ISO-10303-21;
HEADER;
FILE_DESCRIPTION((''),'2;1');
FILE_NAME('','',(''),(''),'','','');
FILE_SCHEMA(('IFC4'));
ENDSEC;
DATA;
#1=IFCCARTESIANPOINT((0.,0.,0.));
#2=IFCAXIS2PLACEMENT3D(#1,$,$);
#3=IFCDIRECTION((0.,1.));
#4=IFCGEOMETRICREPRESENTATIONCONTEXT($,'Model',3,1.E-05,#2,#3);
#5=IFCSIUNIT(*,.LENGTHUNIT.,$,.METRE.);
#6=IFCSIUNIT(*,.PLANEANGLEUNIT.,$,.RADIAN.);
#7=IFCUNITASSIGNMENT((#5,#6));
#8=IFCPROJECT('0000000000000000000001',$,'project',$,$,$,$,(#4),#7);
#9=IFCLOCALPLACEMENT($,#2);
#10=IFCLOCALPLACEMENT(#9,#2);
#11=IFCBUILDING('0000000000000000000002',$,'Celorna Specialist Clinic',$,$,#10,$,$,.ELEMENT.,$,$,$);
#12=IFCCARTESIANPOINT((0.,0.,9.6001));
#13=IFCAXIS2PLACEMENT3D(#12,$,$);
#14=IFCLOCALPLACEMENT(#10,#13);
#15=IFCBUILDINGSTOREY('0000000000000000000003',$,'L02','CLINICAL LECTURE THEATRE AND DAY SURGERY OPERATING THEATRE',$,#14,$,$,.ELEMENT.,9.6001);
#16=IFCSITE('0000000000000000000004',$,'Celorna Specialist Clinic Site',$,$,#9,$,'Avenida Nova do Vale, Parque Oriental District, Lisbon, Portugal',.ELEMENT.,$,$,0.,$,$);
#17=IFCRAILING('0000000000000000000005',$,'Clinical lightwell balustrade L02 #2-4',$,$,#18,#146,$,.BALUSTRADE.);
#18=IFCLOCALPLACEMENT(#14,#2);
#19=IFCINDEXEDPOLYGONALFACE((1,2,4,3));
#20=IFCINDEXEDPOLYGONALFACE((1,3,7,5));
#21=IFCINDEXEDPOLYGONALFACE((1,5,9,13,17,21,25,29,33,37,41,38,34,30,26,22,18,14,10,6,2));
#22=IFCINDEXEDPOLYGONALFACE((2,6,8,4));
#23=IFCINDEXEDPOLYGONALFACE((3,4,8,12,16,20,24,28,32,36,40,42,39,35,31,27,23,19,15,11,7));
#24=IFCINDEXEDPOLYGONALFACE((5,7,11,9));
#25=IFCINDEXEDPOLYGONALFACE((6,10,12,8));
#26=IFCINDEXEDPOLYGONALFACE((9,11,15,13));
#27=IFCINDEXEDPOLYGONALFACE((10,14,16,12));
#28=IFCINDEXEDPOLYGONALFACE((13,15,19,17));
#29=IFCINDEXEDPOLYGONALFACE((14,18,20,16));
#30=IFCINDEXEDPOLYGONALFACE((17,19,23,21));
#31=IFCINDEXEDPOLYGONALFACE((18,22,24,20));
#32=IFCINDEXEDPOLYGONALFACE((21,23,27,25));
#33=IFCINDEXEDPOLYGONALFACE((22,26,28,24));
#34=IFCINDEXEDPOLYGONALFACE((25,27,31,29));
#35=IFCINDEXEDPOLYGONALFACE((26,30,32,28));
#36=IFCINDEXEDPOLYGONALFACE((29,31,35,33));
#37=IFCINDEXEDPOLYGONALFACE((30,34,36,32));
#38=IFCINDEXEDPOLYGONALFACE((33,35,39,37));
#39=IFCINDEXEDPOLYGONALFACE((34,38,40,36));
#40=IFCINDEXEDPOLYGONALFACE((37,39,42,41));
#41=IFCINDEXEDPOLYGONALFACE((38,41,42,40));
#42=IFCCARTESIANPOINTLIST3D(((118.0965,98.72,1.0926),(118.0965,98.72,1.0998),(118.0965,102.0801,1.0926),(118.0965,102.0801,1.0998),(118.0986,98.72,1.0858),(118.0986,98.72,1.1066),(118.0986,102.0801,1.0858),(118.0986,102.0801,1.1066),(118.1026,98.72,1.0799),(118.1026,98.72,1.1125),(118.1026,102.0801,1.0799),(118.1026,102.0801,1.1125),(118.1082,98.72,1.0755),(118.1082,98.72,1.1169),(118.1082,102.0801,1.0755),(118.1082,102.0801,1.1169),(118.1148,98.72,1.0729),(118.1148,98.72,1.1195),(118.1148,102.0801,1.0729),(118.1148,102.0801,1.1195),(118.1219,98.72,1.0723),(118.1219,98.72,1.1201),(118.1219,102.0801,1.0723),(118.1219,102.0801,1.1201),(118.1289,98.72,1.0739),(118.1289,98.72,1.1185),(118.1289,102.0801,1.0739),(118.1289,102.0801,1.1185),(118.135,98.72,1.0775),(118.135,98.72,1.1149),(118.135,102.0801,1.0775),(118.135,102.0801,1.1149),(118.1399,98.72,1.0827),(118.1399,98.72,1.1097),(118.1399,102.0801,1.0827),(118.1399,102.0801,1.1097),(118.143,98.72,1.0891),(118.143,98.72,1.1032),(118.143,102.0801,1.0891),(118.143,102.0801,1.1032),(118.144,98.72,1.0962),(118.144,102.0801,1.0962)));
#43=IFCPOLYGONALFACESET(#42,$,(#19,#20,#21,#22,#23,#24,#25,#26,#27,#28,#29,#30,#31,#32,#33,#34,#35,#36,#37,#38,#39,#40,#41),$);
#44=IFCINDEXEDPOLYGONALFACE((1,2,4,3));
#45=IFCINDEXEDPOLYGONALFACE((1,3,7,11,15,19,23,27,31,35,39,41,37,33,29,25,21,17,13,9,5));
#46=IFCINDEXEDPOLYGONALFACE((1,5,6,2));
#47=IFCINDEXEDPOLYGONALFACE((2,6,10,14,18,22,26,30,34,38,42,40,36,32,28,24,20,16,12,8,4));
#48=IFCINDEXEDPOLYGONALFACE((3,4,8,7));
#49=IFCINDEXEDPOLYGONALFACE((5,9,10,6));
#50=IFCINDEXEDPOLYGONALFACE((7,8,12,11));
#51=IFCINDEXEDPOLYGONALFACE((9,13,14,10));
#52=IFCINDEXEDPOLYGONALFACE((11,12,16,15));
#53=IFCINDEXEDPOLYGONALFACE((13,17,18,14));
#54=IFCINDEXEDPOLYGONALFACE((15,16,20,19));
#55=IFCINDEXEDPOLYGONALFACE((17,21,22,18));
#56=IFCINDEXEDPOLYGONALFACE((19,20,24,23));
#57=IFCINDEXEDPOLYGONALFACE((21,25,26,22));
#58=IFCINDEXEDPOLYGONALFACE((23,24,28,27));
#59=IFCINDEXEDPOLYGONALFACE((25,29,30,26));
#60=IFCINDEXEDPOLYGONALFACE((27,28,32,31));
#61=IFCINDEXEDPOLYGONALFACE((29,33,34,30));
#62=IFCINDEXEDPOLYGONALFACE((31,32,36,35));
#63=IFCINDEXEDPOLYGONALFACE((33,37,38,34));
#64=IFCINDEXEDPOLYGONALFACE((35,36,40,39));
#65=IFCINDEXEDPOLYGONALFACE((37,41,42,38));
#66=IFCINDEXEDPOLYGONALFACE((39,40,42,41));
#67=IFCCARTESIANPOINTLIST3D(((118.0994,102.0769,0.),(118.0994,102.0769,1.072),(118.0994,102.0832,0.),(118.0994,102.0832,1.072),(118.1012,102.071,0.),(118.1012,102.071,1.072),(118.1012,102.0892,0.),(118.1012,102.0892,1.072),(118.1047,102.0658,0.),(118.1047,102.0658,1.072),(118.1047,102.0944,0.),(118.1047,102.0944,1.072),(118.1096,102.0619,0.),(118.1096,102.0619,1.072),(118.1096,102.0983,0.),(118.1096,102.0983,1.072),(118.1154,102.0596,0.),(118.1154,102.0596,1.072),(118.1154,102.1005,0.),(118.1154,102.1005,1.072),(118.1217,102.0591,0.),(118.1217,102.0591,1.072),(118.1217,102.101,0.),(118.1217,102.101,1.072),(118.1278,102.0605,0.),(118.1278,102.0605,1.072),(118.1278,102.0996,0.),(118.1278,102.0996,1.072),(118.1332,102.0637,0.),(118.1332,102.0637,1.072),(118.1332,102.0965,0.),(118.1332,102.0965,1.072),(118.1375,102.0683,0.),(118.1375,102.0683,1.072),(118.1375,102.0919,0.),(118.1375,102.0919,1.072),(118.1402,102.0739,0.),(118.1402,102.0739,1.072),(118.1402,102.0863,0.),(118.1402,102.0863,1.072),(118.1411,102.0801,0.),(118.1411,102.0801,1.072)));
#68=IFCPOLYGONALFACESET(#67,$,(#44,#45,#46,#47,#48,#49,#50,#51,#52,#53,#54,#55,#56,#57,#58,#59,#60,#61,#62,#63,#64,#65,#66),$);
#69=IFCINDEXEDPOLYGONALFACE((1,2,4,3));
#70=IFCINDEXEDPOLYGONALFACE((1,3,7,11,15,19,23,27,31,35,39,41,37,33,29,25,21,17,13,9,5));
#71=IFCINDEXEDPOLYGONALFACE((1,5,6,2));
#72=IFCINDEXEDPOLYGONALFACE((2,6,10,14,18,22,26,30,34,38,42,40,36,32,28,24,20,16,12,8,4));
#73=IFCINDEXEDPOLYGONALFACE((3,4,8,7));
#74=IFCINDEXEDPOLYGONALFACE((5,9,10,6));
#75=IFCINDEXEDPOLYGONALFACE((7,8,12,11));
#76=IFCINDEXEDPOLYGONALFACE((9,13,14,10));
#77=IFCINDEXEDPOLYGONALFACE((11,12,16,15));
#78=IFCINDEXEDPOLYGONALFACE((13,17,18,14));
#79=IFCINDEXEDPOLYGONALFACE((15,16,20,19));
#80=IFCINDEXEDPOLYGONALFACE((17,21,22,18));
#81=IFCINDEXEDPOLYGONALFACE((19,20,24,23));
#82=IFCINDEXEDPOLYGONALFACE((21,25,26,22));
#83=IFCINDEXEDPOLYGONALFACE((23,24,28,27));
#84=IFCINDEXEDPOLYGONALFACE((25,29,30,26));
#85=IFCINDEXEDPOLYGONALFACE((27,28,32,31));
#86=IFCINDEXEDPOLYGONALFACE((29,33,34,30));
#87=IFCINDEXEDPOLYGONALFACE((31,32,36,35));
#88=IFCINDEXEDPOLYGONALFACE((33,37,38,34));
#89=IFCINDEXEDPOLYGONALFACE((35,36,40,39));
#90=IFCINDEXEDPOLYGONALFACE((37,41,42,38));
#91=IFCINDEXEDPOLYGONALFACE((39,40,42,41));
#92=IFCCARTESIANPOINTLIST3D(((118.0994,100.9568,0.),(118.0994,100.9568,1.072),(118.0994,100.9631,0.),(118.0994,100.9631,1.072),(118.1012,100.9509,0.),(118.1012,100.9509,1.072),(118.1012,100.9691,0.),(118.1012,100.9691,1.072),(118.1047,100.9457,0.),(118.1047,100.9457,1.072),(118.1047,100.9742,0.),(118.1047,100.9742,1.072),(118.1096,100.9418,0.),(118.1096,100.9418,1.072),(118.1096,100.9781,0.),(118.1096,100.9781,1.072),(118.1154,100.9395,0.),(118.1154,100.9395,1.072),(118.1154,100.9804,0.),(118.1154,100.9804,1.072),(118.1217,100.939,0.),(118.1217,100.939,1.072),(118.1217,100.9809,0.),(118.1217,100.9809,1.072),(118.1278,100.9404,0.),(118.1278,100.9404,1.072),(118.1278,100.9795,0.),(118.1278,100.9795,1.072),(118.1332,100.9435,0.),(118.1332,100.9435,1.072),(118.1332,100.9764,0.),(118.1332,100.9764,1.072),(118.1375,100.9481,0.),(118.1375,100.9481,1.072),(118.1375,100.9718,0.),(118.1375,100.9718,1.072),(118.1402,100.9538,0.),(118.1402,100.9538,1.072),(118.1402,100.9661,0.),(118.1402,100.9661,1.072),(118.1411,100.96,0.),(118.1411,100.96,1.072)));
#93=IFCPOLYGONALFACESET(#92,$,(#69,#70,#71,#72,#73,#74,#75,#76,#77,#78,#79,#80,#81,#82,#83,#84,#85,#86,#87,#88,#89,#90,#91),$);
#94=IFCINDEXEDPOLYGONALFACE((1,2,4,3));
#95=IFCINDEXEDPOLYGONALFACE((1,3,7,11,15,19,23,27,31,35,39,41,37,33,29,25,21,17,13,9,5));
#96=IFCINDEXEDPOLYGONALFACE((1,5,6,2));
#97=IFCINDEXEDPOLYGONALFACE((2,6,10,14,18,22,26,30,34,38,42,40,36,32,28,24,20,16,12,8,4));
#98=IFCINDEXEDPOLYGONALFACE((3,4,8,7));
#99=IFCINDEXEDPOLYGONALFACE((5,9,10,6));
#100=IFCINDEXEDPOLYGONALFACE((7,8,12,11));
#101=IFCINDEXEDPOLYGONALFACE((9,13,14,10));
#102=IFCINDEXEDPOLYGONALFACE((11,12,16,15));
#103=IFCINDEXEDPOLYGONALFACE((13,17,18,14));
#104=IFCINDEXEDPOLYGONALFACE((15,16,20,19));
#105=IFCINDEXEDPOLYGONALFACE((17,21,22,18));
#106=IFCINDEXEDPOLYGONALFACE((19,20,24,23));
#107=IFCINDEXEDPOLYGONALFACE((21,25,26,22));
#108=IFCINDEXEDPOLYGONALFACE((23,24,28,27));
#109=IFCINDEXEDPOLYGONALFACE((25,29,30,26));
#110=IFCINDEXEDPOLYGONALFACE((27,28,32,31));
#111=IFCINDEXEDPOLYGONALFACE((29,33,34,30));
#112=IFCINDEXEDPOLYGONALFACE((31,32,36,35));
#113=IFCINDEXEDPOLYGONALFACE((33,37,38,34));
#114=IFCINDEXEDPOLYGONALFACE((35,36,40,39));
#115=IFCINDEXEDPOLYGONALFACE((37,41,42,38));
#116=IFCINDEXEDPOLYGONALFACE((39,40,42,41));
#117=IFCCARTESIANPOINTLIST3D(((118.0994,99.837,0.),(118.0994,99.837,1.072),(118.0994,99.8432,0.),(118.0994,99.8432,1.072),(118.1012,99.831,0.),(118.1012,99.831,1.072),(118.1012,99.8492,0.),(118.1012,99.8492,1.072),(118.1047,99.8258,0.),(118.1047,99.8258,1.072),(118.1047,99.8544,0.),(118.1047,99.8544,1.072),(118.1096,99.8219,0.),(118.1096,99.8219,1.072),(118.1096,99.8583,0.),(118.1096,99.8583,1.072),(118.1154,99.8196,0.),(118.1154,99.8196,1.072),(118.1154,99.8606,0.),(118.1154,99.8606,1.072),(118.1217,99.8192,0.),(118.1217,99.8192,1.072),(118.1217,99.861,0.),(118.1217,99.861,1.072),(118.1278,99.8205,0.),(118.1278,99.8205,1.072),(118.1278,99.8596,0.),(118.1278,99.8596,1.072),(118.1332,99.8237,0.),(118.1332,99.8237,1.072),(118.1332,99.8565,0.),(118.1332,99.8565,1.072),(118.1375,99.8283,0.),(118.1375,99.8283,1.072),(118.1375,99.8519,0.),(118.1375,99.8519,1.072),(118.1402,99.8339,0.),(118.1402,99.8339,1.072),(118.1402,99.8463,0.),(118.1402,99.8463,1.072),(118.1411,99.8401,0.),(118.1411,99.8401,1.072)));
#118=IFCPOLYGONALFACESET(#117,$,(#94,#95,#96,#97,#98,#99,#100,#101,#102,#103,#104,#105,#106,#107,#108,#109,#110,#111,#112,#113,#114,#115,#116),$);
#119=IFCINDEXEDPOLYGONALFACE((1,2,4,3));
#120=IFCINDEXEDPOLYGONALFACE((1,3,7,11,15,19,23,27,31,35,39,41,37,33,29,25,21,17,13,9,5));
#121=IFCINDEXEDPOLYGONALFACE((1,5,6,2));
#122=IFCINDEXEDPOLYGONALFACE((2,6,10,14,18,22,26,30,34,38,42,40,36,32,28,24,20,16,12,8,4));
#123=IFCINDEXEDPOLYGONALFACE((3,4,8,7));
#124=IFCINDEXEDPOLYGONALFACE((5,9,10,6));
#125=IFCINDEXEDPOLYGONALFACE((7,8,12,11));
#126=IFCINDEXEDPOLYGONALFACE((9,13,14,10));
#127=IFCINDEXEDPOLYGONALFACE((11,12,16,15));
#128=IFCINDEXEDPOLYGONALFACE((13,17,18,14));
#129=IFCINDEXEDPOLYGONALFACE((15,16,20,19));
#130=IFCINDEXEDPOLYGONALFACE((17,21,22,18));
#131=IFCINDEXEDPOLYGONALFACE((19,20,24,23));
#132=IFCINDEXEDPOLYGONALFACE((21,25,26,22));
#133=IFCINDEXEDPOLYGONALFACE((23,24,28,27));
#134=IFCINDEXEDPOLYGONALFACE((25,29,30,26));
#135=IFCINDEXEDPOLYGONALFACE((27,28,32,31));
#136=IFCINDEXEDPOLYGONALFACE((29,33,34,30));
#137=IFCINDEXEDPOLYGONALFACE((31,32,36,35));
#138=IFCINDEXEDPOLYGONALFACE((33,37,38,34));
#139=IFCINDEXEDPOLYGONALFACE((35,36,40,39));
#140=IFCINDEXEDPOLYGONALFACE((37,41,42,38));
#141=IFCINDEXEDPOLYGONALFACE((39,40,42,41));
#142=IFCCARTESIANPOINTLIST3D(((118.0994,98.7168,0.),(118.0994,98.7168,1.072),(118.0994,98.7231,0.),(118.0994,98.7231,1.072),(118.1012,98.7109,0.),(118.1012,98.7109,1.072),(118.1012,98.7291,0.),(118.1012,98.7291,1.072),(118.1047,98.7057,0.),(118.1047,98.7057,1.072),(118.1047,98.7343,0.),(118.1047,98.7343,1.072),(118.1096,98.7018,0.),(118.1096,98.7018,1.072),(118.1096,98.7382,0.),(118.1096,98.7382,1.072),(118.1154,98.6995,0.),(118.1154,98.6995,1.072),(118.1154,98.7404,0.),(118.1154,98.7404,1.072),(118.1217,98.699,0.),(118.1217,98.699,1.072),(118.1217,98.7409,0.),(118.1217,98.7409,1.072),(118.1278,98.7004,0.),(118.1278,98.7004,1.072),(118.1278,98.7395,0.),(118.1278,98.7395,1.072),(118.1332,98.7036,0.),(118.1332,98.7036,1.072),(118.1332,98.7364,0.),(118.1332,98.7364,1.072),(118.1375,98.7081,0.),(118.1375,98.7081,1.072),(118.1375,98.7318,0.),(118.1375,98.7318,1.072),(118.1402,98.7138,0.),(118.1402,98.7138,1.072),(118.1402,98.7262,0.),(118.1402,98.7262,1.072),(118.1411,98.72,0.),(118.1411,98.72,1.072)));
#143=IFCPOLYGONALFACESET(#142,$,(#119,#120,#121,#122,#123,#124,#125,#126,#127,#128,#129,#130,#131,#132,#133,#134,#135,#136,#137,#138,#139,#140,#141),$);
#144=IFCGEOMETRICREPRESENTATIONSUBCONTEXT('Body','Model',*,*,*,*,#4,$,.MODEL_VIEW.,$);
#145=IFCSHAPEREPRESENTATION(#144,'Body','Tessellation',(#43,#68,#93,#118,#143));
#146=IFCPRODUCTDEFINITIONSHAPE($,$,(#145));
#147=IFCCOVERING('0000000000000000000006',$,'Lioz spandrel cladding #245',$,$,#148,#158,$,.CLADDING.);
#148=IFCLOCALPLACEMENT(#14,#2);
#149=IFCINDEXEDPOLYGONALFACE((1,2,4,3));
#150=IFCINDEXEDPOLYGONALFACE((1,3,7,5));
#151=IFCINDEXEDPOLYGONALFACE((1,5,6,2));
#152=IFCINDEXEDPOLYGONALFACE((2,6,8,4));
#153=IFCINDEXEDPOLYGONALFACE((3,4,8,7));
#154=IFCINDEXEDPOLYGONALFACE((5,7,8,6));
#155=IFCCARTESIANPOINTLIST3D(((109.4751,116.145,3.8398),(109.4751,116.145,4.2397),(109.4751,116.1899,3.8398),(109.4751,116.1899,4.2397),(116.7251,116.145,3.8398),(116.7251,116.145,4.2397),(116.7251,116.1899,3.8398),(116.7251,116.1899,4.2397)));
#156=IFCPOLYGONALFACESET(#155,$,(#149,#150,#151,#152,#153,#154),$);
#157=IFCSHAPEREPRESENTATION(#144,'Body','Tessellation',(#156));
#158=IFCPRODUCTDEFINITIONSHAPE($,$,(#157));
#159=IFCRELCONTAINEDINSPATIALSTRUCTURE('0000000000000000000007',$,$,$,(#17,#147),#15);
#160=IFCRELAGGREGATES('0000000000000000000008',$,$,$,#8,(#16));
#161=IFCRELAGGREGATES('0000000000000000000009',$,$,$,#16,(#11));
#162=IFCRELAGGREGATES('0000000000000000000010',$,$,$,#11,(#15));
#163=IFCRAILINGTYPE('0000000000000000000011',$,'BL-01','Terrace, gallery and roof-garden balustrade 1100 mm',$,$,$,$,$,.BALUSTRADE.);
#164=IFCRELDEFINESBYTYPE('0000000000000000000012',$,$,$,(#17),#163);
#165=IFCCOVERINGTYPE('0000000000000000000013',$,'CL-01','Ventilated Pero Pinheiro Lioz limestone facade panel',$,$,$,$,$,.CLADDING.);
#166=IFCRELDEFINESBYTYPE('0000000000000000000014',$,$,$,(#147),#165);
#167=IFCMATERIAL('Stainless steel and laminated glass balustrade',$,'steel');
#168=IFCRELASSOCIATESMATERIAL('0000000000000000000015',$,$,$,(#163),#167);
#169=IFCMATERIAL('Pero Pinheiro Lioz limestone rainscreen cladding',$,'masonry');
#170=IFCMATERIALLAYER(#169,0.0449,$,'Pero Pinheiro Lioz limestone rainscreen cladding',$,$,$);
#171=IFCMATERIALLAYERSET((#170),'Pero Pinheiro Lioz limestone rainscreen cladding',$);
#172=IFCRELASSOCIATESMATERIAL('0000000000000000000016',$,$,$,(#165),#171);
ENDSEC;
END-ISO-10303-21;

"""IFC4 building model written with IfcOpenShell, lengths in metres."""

from ifc_helpers import new_model, si_unit, direction, frame, origin, origin_2d, place, context, subcontext, project, spatial, rectangle, circle, extrude, material, layer, layer_set, type_object, element, save


model = new_model("IFC4")

# Units and contexts
model_context = context("Model", 3, precision=1e-05, world=origin(), true_north=direction((0.0, 1.0)))
body_context = subcontext(model_context, "Body", "Model", "MODEL_VIEW")
ifc_project = project(units=[si_unit("LENGTHUNIT", "METRE"), si_unit("PLANEANGLEUNIT", "RADIAN")], contexts=[model_context])

# Site, building, storey
site_placement = place(None, origin())
site = spatial("IfcSite", under=ifc_project, at=site_placement, Name="Celorna Specialist Clinic Site", LongName="Avenida Nova do Vale, Parque Oriental District, Lisbon, Portugal", CompositionType="ELEMENT", RefElevation=0.0)
building_placement = place(site_placement, origin())
building = spatial("IfcBuilding", under=site, at=building_placement, Name="Celorna Specialist Clinic", CompositionType="ELEMENT")
storey_placement = place(building_placement, frame((0.0, 0.0, 9.6001)))
storey = spatial("IfcBuildingStorey", under=building, at=storey_placement, Name="L02", Description="CLINICAL LECTURE THEATRE AND DAY SURGERY OPERATING THEATRE", CompositionType="ELEMENT", Elevation=9.6001)

# Railing
ifc_material_1 = material(Name="Stainless steel and laminated glass balustrade", Category="steel")
railing_type_1 = type_object("IfcRailingType", Name="BL-01", Description="Terrace, gallery and roof-garden balustrade 1100 mm", PredefinedType="BALUSTRADE", material=ifc_material_1)
railing_1_placement = place(storey_placement, frame((118.1201, 102.0801, 0.0)))
element("IfcRailing", 1, at=railing_1_placement, inside=storey, type_object=railing_type_1, Name="Clinical lightwell balustrade L02 #2-4", PredefinedType="BALUSTRADE", context=body_context, shape_type="SweptSolid", body=[
    extrude(circle(Radius=0.0239, at=origin_2d()), frame((0.0, 0.0, 1.0962), z_axis=(0.0, -1.0, 0.0), x_axis=(1.0, 0.0, 0.0)), (0.0, 0.0, 1.0), 3.3601),
    extrude(circle(Radius=0.021, at=origin_2d()), origin(), (0.0, 0.0, 1.0), 1.072),
    extrude(circle(Radius=0.021, at=origin_2d()), frame((0.0, -1.1201, 0.0)), (0.0, 0.0, 1.0), 1.072),
    extrude(circle(Radius=0.021, at=origin_2d()), frame((0.0, -2.24, 0.0)), (0.0, 0.0, 1.0), 1.072),
    extrude(circle(Radius=0.021, at=origin_2d()), frame((0.0, -3.3601, 0.0)), (0.0, 0.0, 1.0), 1.072),
])

# Covering
ifc_material_2 = material(Name="Pero Pinheiro Lioz limestone rainscreen cladding", Category="masonry")
ifc_layer_1 = layer(ifc_material_2, 0.0449, Name="Pero Pinheiro Lioz limestone rainscreen cladding")
ifc_layer_set_1 = layer_set([ifc_layer_1], Name="Pero Pinheiro Lioz limestone rainscreen cladding")
covering_type = type_object("IfcCoveringType", Name="CL-01", Description="Ventilated Pero Pinheiro Lioz limestone facade panel", PredefinedType="CLADDING", material=ifc_layer_set_1)
covering_placement = place(storey_placement, frame((113.1001, 116.1675, 3.8398), z_axis=(0.0, 0.0, 1.0), x_axis=(1.0, 0.0, 0.0)))
element("IfcCovering", 2, at=covering_placement, inside=storey, type_object=covering_type, Name="Lioz spandrel cladding #245", PredefinedType="CLADDING", context=body_context, shape_type="SweptSolid", body=[
    extrude(rectangle(XDim=7.25, YDim=0.0449, at=origin_2d()), origin(), (0.0, 0.0, 1.0), 0.3999),
])

save(model, "model.ifc")
